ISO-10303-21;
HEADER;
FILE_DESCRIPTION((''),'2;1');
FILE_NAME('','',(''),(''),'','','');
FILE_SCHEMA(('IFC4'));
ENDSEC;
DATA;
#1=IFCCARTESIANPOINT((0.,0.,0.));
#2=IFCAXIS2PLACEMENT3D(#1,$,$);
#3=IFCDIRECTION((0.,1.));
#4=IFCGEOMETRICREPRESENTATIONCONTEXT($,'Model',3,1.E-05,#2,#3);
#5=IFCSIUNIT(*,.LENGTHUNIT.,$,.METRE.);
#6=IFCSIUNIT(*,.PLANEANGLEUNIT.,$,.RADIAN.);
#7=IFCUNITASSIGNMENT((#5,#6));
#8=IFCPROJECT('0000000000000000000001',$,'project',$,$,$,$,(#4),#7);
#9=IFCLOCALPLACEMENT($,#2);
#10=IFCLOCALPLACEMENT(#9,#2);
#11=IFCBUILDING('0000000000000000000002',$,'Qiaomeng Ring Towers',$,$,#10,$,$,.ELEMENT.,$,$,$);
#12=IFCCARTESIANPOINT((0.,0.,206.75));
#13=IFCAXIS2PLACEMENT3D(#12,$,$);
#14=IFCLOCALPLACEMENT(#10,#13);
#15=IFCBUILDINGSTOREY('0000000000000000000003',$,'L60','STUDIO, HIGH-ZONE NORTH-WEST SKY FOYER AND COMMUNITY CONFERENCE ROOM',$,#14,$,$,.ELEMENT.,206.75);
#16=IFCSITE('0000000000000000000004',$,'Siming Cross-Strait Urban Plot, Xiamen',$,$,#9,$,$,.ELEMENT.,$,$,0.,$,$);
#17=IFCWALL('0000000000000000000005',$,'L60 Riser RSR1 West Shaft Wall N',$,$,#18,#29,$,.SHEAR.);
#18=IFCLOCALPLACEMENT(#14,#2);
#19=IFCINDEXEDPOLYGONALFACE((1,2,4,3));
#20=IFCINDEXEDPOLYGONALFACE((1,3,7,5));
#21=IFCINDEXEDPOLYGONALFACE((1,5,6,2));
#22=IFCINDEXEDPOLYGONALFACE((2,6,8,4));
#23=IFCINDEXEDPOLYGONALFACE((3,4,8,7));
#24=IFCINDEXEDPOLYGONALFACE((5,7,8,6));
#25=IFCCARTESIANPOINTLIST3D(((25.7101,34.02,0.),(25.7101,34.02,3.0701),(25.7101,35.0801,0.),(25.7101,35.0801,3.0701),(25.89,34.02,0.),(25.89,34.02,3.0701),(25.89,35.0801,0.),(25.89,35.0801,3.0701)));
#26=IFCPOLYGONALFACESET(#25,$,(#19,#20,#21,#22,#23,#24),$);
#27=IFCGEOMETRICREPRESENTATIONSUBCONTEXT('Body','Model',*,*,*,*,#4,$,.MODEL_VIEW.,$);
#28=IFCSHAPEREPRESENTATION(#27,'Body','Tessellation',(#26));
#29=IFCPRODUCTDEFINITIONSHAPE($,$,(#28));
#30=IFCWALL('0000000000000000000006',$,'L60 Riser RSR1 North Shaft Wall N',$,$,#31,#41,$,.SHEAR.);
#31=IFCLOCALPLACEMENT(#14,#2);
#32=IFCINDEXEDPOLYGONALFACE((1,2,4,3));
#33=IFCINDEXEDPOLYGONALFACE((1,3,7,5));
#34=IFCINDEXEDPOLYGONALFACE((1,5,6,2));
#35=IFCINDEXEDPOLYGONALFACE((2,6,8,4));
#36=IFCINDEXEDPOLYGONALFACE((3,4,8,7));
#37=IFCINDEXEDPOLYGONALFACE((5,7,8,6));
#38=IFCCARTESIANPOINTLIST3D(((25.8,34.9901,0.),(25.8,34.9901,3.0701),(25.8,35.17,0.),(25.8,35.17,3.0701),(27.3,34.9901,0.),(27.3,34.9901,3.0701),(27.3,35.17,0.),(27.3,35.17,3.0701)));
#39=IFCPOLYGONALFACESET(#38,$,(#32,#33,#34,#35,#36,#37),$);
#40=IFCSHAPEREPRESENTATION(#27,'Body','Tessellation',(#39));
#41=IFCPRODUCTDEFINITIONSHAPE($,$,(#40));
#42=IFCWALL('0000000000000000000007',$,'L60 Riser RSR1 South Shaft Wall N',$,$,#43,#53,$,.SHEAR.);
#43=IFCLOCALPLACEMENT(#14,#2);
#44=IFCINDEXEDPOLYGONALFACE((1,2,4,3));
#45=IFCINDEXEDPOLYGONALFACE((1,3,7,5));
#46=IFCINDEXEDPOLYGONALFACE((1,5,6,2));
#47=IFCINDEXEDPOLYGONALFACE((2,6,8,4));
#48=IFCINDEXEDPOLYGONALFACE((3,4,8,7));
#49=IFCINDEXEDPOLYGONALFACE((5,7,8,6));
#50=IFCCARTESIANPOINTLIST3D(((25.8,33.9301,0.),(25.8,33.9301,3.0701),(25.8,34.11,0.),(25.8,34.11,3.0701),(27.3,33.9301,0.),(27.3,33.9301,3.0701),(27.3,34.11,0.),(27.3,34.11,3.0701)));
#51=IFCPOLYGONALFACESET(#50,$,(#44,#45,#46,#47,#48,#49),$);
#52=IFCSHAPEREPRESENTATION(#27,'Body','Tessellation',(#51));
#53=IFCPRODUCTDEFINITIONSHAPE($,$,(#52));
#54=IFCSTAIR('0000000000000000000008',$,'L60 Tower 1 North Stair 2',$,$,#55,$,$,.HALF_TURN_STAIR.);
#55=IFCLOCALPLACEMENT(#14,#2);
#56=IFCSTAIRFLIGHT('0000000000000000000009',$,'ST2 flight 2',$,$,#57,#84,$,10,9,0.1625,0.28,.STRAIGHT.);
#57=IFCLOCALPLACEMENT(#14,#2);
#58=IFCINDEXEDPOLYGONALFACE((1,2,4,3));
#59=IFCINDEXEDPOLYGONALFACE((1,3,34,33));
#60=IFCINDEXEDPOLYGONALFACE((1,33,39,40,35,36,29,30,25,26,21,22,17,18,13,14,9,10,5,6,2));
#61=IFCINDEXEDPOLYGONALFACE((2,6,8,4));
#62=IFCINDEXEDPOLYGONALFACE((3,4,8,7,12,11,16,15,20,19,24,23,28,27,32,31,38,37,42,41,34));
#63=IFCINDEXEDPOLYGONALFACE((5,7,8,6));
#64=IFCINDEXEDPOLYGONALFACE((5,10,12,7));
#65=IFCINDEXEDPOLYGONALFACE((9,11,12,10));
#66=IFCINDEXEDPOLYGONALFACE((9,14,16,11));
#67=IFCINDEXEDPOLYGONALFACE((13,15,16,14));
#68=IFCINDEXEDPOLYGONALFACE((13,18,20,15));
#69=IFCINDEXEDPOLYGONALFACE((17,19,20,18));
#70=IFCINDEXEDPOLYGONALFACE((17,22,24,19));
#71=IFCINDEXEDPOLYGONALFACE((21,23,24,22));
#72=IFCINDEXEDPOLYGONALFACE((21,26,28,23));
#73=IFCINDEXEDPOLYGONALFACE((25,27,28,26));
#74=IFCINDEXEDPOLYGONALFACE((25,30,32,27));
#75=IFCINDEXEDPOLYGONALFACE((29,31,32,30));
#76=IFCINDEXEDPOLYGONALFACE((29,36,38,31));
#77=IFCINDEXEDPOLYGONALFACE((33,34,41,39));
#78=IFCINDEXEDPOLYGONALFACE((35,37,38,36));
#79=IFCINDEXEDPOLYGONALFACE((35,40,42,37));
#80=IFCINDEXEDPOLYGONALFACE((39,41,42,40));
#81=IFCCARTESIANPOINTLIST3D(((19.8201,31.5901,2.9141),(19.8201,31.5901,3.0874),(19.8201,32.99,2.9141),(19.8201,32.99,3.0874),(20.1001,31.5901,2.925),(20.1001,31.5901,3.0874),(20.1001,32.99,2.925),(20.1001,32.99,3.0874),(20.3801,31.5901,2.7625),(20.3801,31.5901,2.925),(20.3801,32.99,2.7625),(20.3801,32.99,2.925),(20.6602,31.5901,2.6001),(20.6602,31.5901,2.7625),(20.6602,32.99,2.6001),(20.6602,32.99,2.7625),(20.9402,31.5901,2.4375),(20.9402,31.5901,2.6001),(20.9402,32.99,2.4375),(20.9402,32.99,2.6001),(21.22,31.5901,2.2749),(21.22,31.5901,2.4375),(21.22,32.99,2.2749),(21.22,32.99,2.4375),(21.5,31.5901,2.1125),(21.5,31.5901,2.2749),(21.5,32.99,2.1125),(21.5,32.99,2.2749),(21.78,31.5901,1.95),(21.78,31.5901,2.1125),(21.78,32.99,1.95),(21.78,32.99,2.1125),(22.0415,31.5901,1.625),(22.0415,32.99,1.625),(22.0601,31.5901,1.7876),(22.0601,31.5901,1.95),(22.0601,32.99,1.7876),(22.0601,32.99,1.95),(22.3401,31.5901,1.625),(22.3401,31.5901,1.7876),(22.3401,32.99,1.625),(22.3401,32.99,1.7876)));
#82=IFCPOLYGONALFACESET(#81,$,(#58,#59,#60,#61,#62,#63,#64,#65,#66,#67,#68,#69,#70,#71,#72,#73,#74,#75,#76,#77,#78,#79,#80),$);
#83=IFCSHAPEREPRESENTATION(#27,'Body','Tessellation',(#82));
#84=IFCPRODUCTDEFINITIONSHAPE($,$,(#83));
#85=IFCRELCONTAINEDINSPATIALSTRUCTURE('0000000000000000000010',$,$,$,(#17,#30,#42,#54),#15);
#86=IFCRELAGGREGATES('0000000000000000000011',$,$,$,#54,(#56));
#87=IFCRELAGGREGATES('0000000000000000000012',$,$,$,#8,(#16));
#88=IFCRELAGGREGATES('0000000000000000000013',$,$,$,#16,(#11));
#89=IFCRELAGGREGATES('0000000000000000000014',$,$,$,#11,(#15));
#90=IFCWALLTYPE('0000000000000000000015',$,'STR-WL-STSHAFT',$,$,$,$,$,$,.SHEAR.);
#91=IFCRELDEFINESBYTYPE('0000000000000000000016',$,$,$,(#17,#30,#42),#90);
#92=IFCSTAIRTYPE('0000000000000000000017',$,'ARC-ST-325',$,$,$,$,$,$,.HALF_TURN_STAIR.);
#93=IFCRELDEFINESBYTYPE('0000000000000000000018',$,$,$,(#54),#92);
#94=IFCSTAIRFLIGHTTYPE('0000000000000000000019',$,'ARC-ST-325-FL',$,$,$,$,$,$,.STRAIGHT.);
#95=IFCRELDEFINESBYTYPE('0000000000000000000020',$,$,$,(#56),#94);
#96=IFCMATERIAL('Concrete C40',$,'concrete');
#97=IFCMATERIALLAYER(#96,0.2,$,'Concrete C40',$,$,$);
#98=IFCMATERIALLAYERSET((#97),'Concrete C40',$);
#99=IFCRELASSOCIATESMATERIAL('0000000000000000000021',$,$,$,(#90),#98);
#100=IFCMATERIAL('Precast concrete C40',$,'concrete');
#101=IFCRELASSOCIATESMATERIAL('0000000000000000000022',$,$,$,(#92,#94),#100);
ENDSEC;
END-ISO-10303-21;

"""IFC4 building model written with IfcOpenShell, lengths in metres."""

from ifc_helpers import new_model, si_unit, direction, frame, frame_2d, origin, place, context, subcontext, project, spatial, polyline, rectangle, outline, extrude, source, transform, mapped, material, layer, layer_set, type_object, element, aggregate, save


model = new_model("IFC4")

# Units and contexts
model_context = context("Model", 3, precision=1e-05, world=origin(), true_north=direction((0.0, 1.0)))
body_context = subcontext(model_context, "Body", "Model", "MODEL_VIEW")
ifc_project = project(units=[si_unit("LENGTHUNIT", "METRE"), si_unit("PLANEANGLEUNIT", "RADIAN")], contexts=[model_context])

# Site, building, storey
site_placement = place(None, origin())
site = spatial("IfcSite", under=ifc_project, at=site_placement, Name="Siming Cross-Strait Urban Plot, Xiamen", CompositionType="ELEMENT", RefElevation=0.0)
building_placement = place(site_placement, origin())
building = spatial("IfcBuilding", under=site, at=building_placement, Name="Qiaomeng Ring Towers", CompositionType="ELEMENT")
storey_placement = place(building_placement, frame((0.0, 0.0, 206.75)))
storey = spatial("IfcBuildingStorey", under=building, at=storey_placement, Name="L60", Description="STUDIO, HIGH-ZONE NORTH-WEST SKY FOYER AND COMMUNITY CONFERENCE ROOM", CompositionType="ELEMENT", Elevation=206.75)

# Shared definitions
ifc_material_1 = material(Name="Concrete C40", Category="concrete")

# Walls
ifc_layer_1 = layer(ifc_material_1, 0.2, Name="Concrete C40")
ifc_layer_set_1 = layer_set([ifc_layer_1], Name="Concrete C40")
wall_type_1 = type_object("IfcWallType", Name="STR-WL-STSHAFT", PredefinedType="SHEAR", material=ifc_layer_set_1)
wall_1_placement = place(storey_placement, frame((25.8, 34.02, 0.0), z_axis=(0.0, 0.0, 1.0), x_axis=(0.0, 1.0, 0.0)))
element("IfcWall", 1, at=wall_1_placement, inside=storey, type_object=wall_type_1, Name="L60 Riser RSR1 West Shaft Wall N", PredefinedType="SHEAR", context=body_context, shape_type="SweptSolid", body=[
    extrude(rectangle(XDim=1.0601, YDim=0.1799, at=frame_2d((0.53, 0.0))), origin(), (0.0, 0.0, 1.0), 3.0701),
])
for number, where, z_axis, x_axis, name in (
    (2, (25.8, 35.0801, 0.0), (0.0, 0.0, 1.0), (1.0, 0.0, 0.0), "L60 Riser RSR1 North Shaft Wall N"),
    (3, (25.8, 34.02, 0.0), (0.0, 0.0, 1.0), (1.0, 0.0, 0.0), "L60 Riser RSR1 South Shaft Wall N"),
):
    element("IfcWall", number, at=place(storey_placement, frame(where, z_axis=z_axis, x_axis=x_axis)), inside=storey, type_object=wall_type_1, Name=name, PredefinedType="SHEAR", context=body_context, shape_type="SweptSolid", body=[
        extrude(rectangle(XDim=1.5, YDim=0.1799, at=frame_2d((0.75, 0.0))), origin(), (0.0, 0.0, 1.0), 3.0701),
    ])

# Stair, stair flight
ifc_material_2 = material(Name="Precast concrete C40", Category="concrete")
stair_type = type_object("IfcStairType", Name="ARC-ST-325", PredefinedType="HALF_TURN_STAIR", material=ifc_material_2)
stair_placement = place(storey_placement, origin())
stair = element("IfcStair", 4, at=stair_placement, inside=storey, type_object=stair_type, Name="L60 Tower 1 North Stair 2", PredefinedType="HALF_TURN_STAIR")
stair_flight_type = type_object("IfcStairFlightType", Name="ARC-ST-325-FL", PredefinedType="STRAIGHT", material=ifc_material_2)
shared_shape_1 = source(origin(), body_context, "Body", "SweptSolid", [
    extrude(outline(polyline([(0.0, 0.0), (0.0, 0.1626), (0.28, 0.1626), (0.28, 0.325), (0.5601, 0.325), (0.5601, 0.4875), (0.8401, 0.4875), (0.8401, 0.6499), (1.1201, 0.6499), (1.1201, 0.8125), (1.3999, 0.8125), (1.3999, 0.9751), (1.6799, 0.9751), (1.6799, 1.1375), (1.96, 1.1375), (1.96, 1.3), (2.24, 1.3), (2.24, 1.4624), (2.52, 1.4624), (2.52, 1.625), (2.52, 1.2891), (0.2986, 0.0), (0.0, 0.0)])), frame((0.0, 0.7, 0.0), z_axis=(0.0, -1.0, 0.0), x_axis=(1.0, 0.0, 0.0)), (0.0, 0.0, 1.0), 1.3999),
])
stair_flight_placement = place(storey_placement, frame((22.3401, 32.29, 1.625), z_axis=(0.0, 0.0, 1.0), x_axis=(-1.0, 0.0, 0.0)))
stair_flight = element("IfcStairFlight", 5, at=stair_flight_placement, type_object=stair_flight_type, Name="ST2 flight 2", NumberOfRisers=10, NumberOfTreads=9, PredefinedType="STRAIGHT", RiserHeight=0.1625, TreadLength=0.28, context=body_context, shape_type="MappedRepresentation", body=[
    mapped(shared_shape_1, transform((0.0, 0.0, 0.0), x_axis=(1.0, 0.0, 0.0), y_axis=(0.0, 1.0, 0.0), z_axis=(0.0, 0.0, 1.0), scale=1.0)),
])
aggregate(stair, [stair_flight])

save(model, "model.ifc")
